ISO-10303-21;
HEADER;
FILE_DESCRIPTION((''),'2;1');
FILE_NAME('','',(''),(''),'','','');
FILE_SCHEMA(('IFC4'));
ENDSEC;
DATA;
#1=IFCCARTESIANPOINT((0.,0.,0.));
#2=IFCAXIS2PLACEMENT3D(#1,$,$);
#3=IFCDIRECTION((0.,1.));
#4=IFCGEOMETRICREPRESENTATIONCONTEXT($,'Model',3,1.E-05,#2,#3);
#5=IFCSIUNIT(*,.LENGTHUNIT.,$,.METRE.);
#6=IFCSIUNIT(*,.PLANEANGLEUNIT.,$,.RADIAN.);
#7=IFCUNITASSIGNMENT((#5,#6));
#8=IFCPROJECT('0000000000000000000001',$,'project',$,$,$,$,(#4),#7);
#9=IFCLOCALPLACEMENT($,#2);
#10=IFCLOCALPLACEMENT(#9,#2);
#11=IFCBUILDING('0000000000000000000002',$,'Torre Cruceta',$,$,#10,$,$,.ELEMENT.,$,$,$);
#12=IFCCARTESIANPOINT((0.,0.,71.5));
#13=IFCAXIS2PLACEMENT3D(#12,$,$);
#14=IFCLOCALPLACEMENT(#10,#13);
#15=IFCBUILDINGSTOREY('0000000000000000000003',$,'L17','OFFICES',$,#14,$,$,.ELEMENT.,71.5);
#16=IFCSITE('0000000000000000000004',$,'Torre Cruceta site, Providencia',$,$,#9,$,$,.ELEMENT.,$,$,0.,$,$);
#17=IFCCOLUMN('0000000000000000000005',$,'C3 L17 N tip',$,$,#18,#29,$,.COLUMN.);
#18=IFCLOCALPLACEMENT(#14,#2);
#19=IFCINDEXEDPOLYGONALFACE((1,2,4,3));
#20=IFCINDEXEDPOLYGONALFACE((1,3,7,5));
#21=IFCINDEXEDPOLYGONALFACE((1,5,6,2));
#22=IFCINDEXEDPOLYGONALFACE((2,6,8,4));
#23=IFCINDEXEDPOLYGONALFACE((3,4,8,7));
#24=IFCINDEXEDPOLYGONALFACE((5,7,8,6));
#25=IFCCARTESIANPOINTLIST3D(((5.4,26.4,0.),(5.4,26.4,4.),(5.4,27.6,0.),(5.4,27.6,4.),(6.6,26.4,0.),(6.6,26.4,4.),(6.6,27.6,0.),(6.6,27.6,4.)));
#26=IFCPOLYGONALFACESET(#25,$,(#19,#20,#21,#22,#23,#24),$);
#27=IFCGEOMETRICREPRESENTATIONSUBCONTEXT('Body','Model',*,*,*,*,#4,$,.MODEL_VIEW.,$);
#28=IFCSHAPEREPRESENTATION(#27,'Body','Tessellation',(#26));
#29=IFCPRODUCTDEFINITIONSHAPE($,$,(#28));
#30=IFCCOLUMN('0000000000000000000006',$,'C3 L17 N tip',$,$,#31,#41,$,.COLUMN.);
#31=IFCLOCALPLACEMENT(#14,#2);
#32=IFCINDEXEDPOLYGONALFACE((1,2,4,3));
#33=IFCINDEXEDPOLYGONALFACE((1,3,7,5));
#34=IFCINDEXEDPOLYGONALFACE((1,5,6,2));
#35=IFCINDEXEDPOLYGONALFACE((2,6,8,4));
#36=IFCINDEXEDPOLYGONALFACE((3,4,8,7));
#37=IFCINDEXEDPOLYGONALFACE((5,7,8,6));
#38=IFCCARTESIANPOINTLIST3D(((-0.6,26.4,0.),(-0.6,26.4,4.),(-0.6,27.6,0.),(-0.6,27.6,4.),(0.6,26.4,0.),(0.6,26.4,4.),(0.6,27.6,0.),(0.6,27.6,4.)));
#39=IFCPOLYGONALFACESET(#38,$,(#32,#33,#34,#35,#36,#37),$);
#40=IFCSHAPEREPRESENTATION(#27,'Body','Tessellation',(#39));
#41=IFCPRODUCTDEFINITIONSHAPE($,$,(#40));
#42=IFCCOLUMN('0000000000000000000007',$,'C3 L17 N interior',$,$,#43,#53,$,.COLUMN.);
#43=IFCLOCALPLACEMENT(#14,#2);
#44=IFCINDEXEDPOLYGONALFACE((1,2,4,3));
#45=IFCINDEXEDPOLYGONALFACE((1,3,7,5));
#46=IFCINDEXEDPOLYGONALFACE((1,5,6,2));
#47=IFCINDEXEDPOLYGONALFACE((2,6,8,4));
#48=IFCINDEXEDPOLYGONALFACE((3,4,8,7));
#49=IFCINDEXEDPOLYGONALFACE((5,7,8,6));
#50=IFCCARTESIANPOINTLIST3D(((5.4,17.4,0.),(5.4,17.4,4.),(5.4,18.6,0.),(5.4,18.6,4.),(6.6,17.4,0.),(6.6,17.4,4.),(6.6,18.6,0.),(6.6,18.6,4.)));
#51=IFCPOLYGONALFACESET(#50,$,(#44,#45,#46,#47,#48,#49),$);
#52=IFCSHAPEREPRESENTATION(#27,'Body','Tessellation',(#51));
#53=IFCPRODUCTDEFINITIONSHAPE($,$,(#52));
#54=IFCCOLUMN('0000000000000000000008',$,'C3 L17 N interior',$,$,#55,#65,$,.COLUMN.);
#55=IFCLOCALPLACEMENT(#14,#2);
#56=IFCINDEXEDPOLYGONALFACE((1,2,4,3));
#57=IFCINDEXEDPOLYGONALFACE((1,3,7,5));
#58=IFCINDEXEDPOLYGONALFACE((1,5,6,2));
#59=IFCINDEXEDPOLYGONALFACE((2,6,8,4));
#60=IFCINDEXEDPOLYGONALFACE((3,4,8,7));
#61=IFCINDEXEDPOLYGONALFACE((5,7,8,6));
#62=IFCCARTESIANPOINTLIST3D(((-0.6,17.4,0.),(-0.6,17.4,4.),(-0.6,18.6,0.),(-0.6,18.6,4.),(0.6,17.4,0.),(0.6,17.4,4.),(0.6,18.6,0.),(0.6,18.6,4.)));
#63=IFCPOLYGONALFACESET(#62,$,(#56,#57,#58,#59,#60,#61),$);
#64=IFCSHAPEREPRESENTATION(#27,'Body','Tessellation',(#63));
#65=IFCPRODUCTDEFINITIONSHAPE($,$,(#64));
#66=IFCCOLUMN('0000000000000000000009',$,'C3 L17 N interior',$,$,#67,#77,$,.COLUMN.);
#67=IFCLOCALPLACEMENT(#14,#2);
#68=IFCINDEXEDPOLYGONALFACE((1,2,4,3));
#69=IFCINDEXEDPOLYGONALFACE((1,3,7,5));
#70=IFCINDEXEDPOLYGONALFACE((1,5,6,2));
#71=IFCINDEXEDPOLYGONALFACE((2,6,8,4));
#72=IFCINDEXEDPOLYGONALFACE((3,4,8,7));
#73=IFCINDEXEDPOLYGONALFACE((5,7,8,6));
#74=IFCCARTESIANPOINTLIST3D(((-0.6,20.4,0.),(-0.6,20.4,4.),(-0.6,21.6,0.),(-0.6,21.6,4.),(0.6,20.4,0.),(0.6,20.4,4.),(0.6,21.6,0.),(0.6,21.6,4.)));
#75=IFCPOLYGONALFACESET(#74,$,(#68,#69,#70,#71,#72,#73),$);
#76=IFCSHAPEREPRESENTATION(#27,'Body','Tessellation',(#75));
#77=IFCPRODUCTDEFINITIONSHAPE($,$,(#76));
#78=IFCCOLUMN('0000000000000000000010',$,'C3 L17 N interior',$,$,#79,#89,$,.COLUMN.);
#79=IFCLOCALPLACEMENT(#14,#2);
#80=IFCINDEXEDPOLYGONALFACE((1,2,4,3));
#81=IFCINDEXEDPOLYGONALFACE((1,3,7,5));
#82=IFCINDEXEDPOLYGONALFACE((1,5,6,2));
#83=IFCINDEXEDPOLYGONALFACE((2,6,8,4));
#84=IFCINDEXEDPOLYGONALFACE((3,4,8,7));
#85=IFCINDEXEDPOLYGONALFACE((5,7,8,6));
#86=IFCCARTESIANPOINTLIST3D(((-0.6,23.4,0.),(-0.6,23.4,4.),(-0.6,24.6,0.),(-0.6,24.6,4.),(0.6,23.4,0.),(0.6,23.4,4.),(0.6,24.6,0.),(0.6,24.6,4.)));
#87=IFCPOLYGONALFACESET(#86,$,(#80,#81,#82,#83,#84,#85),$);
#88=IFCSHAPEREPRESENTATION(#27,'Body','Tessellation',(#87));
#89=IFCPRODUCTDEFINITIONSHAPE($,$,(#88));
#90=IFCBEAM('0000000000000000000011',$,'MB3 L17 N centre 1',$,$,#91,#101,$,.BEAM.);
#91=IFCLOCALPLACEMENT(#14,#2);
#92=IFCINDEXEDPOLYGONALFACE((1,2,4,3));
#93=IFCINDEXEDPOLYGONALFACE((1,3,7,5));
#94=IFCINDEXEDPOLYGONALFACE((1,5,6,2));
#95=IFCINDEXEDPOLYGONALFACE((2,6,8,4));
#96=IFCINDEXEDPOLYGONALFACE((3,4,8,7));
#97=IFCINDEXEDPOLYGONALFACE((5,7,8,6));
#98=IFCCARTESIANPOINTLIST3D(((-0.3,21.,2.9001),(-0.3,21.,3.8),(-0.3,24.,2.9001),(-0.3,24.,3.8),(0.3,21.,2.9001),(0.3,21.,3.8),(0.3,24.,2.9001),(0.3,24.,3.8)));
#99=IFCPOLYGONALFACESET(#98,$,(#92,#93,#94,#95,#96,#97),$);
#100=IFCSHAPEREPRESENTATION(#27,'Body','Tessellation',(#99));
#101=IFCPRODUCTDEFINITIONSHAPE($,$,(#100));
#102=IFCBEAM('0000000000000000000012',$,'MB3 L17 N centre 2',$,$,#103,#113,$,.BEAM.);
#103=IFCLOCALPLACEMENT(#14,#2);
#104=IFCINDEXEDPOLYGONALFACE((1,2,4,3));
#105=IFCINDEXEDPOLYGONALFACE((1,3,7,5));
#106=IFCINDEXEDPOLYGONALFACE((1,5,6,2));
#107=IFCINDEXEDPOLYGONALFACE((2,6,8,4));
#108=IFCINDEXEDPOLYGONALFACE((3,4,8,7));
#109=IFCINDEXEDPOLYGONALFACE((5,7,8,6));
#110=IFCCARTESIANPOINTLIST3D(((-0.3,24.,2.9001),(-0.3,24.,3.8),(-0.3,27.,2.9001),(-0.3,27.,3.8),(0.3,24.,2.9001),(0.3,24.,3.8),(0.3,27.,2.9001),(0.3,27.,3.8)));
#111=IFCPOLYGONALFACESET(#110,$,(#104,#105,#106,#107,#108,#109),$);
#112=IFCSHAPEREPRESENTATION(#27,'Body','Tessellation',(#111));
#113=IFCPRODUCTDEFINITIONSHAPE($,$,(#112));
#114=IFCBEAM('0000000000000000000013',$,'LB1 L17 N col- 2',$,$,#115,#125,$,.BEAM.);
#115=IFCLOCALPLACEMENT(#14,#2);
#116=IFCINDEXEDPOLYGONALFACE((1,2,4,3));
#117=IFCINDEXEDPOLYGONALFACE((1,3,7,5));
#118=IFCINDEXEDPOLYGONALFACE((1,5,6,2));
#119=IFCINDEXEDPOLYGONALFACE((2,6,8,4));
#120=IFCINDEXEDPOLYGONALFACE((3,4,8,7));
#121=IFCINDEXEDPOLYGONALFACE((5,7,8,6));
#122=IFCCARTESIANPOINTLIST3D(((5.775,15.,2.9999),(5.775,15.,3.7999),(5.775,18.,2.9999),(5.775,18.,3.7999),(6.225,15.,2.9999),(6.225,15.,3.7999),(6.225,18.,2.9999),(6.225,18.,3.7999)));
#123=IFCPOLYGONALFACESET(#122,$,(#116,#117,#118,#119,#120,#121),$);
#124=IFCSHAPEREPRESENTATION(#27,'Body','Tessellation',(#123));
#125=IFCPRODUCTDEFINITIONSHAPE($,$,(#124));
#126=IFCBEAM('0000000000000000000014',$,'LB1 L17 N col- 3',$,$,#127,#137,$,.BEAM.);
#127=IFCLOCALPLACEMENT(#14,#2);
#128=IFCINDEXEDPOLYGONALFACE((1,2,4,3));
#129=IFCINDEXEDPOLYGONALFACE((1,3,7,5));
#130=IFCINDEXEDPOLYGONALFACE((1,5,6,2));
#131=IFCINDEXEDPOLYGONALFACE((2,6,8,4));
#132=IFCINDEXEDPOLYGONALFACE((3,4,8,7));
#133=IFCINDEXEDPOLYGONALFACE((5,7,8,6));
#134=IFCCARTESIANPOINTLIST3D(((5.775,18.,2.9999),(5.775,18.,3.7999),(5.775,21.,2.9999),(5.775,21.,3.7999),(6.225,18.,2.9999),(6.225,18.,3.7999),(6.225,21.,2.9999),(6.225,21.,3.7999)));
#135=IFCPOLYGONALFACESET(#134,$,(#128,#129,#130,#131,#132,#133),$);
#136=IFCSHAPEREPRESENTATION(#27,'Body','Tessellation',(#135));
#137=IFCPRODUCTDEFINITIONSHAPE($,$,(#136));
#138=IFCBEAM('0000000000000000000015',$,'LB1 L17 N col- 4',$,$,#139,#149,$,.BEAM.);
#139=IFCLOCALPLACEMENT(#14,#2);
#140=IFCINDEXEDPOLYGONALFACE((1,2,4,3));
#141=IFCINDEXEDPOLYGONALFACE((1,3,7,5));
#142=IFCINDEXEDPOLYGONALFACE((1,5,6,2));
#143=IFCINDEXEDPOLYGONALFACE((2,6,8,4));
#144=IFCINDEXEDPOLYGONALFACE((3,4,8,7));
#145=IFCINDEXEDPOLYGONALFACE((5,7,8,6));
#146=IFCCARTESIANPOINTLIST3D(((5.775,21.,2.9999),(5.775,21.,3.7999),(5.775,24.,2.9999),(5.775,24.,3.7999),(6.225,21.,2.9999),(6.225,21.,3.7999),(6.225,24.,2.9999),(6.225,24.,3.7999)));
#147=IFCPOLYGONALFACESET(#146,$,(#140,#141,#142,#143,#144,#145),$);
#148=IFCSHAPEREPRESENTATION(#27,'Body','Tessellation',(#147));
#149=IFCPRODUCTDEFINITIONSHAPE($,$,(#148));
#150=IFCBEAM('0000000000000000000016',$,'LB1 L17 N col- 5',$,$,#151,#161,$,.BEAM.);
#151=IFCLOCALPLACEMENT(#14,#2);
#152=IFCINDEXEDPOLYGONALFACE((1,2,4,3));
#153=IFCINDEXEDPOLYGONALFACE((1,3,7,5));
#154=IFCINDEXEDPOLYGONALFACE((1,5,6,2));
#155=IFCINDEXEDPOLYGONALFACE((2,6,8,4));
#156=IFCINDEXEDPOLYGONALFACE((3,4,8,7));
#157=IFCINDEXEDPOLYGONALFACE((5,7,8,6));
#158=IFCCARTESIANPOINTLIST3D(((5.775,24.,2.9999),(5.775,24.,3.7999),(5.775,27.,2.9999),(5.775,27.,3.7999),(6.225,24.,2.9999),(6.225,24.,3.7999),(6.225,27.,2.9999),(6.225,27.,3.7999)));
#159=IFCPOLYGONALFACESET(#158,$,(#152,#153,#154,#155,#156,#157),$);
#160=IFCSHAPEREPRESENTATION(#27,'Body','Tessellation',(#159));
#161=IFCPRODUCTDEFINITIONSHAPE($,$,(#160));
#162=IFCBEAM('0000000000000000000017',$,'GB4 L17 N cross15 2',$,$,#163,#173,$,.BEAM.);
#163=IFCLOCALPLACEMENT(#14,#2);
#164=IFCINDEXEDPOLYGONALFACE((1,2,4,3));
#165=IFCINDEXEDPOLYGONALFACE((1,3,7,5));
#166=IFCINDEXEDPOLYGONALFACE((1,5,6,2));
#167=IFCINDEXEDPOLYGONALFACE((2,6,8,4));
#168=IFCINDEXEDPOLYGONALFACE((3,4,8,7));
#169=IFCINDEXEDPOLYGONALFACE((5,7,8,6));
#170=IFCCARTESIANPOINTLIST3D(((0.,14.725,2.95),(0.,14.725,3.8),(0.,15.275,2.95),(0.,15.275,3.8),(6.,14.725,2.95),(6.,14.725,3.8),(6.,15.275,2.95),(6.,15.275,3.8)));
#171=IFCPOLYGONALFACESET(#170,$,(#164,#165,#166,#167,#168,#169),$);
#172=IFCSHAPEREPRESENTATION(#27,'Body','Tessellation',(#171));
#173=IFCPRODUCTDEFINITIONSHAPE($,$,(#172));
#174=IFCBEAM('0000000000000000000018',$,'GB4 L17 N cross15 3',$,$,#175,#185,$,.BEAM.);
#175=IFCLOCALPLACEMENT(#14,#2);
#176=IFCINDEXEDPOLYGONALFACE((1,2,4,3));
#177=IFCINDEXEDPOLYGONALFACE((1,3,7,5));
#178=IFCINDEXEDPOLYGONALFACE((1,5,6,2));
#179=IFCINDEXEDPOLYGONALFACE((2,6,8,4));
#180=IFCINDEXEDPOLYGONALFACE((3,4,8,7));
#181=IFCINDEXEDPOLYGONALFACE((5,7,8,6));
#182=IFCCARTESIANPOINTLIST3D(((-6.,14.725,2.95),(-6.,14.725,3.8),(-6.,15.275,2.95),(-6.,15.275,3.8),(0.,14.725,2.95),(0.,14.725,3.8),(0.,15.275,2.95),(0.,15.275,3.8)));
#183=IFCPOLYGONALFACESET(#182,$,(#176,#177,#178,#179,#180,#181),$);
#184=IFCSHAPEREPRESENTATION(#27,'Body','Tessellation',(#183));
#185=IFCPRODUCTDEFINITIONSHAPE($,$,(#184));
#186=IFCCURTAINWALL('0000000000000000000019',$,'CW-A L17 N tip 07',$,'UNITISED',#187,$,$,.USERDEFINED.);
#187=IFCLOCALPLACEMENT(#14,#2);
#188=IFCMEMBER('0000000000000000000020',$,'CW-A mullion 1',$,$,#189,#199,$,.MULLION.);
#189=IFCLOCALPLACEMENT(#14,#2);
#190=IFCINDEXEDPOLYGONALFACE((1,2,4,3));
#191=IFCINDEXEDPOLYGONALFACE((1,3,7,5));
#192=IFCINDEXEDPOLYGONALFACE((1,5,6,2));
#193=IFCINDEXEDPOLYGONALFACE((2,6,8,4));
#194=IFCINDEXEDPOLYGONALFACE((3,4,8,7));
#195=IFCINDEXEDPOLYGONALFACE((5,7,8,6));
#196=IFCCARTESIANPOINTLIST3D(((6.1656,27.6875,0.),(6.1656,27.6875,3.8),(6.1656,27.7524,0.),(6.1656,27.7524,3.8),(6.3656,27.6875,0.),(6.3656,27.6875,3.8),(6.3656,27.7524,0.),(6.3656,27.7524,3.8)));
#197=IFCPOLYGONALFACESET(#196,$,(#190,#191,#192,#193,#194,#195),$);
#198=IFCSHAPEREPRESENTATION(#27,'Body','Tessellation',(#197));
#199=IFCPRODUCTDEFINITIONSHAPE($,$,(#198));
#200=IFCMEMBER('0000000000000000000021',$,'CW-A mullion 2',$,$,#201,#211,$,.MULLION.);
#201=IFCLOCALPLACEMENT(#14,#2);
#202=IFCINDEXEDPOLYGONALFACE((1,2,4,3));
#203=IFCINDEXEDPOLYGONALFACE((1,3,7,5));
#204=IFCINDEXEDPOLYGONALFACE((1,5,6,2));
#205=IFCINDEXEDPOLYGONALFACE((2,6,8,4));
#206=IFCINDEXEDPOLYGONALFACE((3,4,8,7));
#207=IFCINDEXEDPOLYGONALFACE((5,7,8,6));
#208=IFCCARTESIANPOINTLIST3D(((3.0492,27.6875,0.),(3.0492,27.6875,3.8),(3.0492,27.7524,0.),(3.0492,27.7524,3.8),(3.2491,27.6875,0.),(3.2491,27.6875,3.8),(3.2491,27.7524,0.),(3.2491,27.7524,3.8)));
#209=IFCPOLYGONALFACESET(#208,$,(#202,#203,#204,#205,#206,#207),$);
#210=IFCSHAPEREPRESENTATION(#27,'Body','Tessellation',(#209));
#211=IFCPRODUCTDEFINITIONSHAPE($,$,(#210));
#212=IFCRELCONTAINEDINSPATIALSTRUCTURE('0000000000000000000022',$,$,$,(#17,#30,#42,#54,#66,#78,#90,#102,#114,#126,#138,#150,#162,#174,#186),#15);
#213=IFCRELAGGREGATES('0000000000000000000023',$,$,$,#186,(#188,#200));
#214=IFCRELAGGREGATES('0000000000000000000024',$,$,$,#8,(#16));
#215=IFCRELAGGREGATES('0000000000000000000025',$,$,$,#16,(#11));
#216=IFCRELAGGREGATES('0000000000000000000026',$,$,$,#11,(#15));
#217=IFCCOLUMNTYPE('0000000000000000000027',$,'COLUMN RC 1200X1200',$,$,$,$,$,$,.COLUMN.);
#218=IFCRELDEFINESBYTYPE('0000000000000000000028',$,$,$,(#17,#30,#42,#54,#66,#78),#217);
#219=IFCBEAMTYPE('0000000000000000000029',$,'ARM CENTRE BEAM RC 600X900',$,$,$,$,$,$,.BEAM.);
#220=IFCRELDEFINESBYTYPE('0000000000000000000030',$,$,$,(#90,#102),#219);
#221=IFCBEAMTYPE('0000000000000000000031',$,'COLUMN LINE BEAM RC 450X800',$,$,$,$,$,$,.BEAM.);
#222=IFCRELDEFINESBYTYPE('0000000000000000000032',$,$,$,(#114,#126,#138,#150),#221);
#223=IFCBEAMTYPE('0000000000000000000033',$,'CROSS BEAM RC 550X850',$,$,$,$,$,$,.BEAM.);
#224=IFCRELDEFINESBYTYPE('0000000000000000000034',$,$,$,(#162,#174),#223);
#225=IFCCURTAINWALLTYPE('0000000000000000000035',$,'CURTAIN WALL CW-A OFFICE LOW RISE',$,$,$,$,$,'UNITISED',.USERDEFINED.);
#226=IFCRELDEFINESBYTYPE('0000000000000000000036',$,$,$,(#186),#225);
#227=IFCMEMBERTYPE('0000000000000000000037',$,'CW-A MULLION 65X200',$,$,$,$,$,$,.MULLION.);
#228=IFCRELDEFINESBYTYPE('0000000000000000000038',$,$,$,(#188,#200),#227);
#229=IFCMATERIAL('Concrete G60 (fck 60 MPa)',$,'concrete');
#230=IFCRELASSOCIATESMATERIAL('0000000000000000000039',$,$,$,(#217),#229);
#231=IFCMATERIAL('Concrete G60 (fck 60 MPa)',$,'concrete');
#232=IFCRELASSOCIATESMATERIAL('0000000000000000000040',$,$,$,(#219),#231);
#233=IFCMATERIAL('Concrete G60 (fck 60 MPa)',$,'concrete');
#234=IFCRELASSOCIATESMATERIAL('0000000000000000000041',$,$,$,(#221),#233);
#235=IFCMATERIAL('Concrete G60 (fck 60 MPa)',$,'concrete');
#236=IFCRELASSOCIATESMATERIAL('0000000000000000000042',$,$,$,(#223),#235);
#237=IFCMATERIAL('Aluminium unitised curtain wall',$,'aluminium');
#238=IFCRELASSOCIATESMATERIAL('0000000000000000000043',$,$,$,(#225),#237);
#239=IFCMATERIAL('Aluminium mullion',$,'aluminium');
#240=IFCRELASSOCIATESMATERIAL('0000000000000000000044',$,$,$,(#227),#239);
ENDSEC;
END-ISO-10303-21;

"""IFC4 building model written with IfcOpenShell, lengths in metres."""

from ifc_helpers import new_model, si_unit, direction, frame, origin, origin_2d, place, context, subcontext, project, spatial, rectangle, extrude, material, material_profile, profile_set, type_object, element, aggregate, save


model = new_model("IFC4")

# Units and contexts
model_context = context("Model", 3, precision=1e-05, world=origin(), true_north=direction((0.0, 1.0)))
body_context = subcontext(model_context, "Body", "Model", "MODEL_VIEW")
ifc_project = project(units=[si_unit("LENGTHUNIT", "METRE"), si_unit("PLANEANGLEUNIT", "RADIAN")], contexts=[model_context])

# Site, building, storey
site_placement = place(None, origin())
site = spatial("IfcSite", under=ifc_project, at=site_placement, Name="Torre Cruceta site, Providencia", CompositionType="ELEMENT", RefElevation=0.0)
building_placement = place(site_placement, origin())
building = spatial("IfcBuilding", under=site, at=building_placement, Name="Torre Cruceta", CompositionType="ELEMENT")
storey_placement = place(building_placement, frame((0.0, 0.0, 71.5)))
storey = spatial("IfcBuildingStorey", under=building, at=storey_placement, Name="L17", Description="OFFICES", CompositionType="ELEMENT", Elevation=71.5)

# Columns
ifc_material_1 = material(Name="Concrete G60 (fck 60 MPa)", Category="concrete")
ifc_material_profile_1 = material_profile(ifc_material_1, rectangle(XDim=1.2, YDim=1.2, at=origin_2d()), Name="RC 1200X1200")
ifc_profile_set_1 = profile_set([ifc_material_profile_1], Name="Concrete G60 (fck 60 MPa)")
column_type = type_object("IfcColumnType", Name="COLUMN RC 1200X1200", PredefinedType="COLUMN", material=ifc_profile_set_1)
for number, where, z_axis, x_axis, name in (
    (1, (6.0, 27.0, 0.0), (0.0, 0.0, 1.0), (1.0, 0.0, 0.0), "C3 L17 N tip"),
    (2, (0.0, 27.0, 0.0), (0.0, 0.0, 1.0), (1.0, 0.0, 0.0), "C3 L17 N tip"),
    (3, (6.0, 18.0, 0.0), (0.0, 0.0, 1.0), (1.0, 0.0, 0.0), "C3 L17 N interior"),
    (4, (0.0, 18.0, 0.0), (0.0, 0.0, 1.0), (1.0, 0.0, 0.0), "C3 L17 N interior"),
    (5, (0.0, 21.0, 0.0), (0.0, 0.0, 1.0), (1.0, 0.0, 0.0), "C3 L17 N interior"),
    (6, (0.0, 24.0, 0.0), (0.0, 0.0, 1.0), (1.0, 0.0, 0.0), "C3 L17 N interior"),
):
    element("IfcColumn", number, at=place(storey_placement, frame(where, z_axis=z_axis, x_axis=x_axis)), inside=storey, type_object=column_type, Name=name, PredefinedType="COLUMN", context=body_context, shape_type="SweptSolid", body=[
        extrude(rectangle(XDim=1.2, YDim=1.2, at=origin_2d()), origin(), (0.0, 0.0, 1.0), 4.0),
    ])

# Beams
ifc_material_2 = material(Name="Concrete G60 (fck 60 MPa)", Category="concrete")
ifc_material_profile_2 = material_profile(ifc_material_2, rectangle(XDim=0.6001, YDim=0.8999, at=origin_2d()), Name="RC 600X900")
ifc_profile_set_2 = profile_set([ifc_material_profile_2], Name="Concrete G60 (fck 60 MPa)")
beam_type_1 = type_object("IfcBeamType", Name="ARM CENTRE BEAM RC 600X900", PredefinedType="BEAM", material=ifc_profile_set_2)
for number, where, z_axis, x_axis, name in (
    (7, (0.0, 21.0, 3.3501), (0.0, 1.0, 0.0), (-1.0, 0.0, 0.0), "MB3 L17 N centre 1"),
    (8, (0.0, 24.0, 3.3501), (0.0, 1.0, 0.0), (-1.0, 0.0, 0.0), "MB3 L17 N centre 2"),
):
    element("IfcBeam", number, at=place(storey_placement, frame(where, z_axis=z_axis, x_axis=x_axis)), inside=storey, type_object=beam_type_1, Name=name, PredefinedType="BEAM", context=body_context, shape_type="SweptSolid", body=[
        extrude(rectangle(XDim=0.6001, YDim=0.8999, at=origin_2d()), origin(), (0.0, 0.0, 1.0), 3.0),
    ])
ifc_material_3 = material(Name="Concrete G60 (fck 60 MPa)", Category="concrete")
ifc_material_profile_3 = material_profile(ifc_material_3, rectangle(XDim=0.45, YDim=0.8, at=origin_2d()), Name="RC 450X800")
ifc_profile_set_3 = profile_set([ifc_material_profile_3], Name="Concrete G60 (fck 60 MPa)")
beam_type_2 = type_object("IfcBeamType", Name="COLUMN LINE BEAM RC 450X800", PredefinedType="BEAM", material=ifc_profile_set_3)
for number, where, z_axis, x_axis, name in (
    (9, (6.0, 15.0, 3.3999), (0.0, 1.0, 0.0), (-1.0, 0.0, 0.0), "LB1 L17 N col- 2"),
    (10, (6.0, 18.0, 3.3999), (0.0, 1.0, 0.0), (-1.0, 0.0, 0.0), "LB1 L17 N col- 3"),
    (11, (6.0, 21.0, 3.3999), (0.0, 1.0, 0.0), (-1.0, 0.0, 0.0), "LB1 L17 N col- 4"),
    (12, (6.0, 24.0, 3.3999), (0.0, 1.0, 0.0), (-1.0, 0.0, 0.0), "LB1 L17 N col- 5"),
):
    element("IfcBeam", number, at=place(storey_placement, frame(where, z_axis=z_axis, x_axis=x_axis)), inside=storey, type_object=beam_type_2, Name=name, PredefinedType="BEAM", context=body_context, shape_type="SweptSolid", body=[
        extrude(rectangle(XDim=0.45, YDim=0.8, at=origin_2d()), origin(), (0.0, 0.0, 1.0), 3.0),
    ])
ifc_material_4 = material(Name="Concrete G60 (fck 60 MPa)", Category="concrete")
ifc_material_profile_4 = material_profile(ifc_material_4, rectangle(XDim=0.55, YDim=0.8501, at=origin_2d()), Name="RC 550X850")
ifc_profile_set_4 = profile_set([ifc_material_profile_4], Name="Concrete G60 (fck 60 MPa)")
beam_type_3 = type_object("IfcBeamType", Name="CROSS BEAM RC 550X850", PredefinedType="BEAM", material=ifc_profile_set_4)
for number, where, z_axis, x_axis, name in (
    (13, (6.0, 15.0, 3.375), (-1.0, 0.0, 0.0), (0.0, -1.0, 0.0), "GB4 L17 N cross15 2"),
    (14, (0.0, 15.0, 3.375), (-1.0, 0.0, 0.0), (0.0, -1.0, 0.0), "GB4 L17 N cross15 3"),
):
    element("IfcBeam", number, at=place(storey_placement, frame(where, z_axis=z_axis, x_axis=x_axis)), inside=storey, type_object=beam_type_3, Name=name, PredefinedType="BEAM", context=body_context, shape_type="SweptSolid", body=[
        extrude(rectangle(XDim=0.55, YDim=0.8501, at=origin_2d()), origin(), (0.0, 0.0, 1.0), 6.0),
    ])

# Curtain wall, members
ifc_material_5 = material(Name="Aluminium unitised curtain wall", Category="aluminium")
curtain_wall_type = type_object("IfcCurtainWallType", Name="CURTAIN WALL CW-A OFFICE LOW RISE", ElementType="UNITISED", PredefinedType="USERDEFINED", material=ifc_material_5)
curtain_wall_placement = place(storey_placement, origin())
curtain_wall = element("IfcCurtainWall", 15, at=curtain_wall_placement, inside=storey, type_object=curtain_wall_type, Name="CW-A L17 N tip 07", ObjectType="UNITISED", PredefinedType="USERDEFINED")
ifc_material_6 = material(Name="Aluminium mullion", Category="aluminium")
ifc_material_profile_5 = material_profile(ifc_material_6, rectangle(XDim=0.0649, YDim=0.2, at=origin_2d()), Name="AL 65X200")
ifc_profile_set_5 = profile_set([ifc_material_profile_5], Name="Aluminium mullion")
member_type_1 = type_object("IfcMemberType", Name="CW-A MULLION 65X200", PredefinedType="MULLION", material=ifc_profile_set_5)
member_1_placement = place(storey_placement, frame((6.2656, 27.72, 0.0), z_axis=(0.0, 0.0, 1.0), x_axis=(0.0, -1.0, 0.0)))
member_1 = element("IfcMember", 16, at=member_1_placement, type_object=member_type_1, Name="CW-A mullion 1", PredefinedType="MULLION", context=body_context, shape_type="SweptSolid", body=[
    extrude(rectangle(XDim=0.0649, YDim=0.2, at=origin_2d()), origin(), (0.0, 0.0, 1.0), 3.8),
])
member_2_placement = place(storey_placement, frame((3.1492, 27.72, 0.0), z_axis=(0.0, 0.0, 1.0), x_axis=(0.0, -1.0, 0.0)))
member_2 = element("IfcMember", 17, at=member_2_placement, type_object=member_type_1, Name="CW-A mullion 2", PredefinedType="MULLION", context=body_context, shape_type="SweptSolid", body=[
    extrude(rectangle(XDim=0.0649, YDim=0.2, at=origin_2d()), origin(), (0.0, 0.0, 1.0), 3.8),
])
aggregate(curtain_wall, [member_1, member_2])

save(model, "model.ifc")
